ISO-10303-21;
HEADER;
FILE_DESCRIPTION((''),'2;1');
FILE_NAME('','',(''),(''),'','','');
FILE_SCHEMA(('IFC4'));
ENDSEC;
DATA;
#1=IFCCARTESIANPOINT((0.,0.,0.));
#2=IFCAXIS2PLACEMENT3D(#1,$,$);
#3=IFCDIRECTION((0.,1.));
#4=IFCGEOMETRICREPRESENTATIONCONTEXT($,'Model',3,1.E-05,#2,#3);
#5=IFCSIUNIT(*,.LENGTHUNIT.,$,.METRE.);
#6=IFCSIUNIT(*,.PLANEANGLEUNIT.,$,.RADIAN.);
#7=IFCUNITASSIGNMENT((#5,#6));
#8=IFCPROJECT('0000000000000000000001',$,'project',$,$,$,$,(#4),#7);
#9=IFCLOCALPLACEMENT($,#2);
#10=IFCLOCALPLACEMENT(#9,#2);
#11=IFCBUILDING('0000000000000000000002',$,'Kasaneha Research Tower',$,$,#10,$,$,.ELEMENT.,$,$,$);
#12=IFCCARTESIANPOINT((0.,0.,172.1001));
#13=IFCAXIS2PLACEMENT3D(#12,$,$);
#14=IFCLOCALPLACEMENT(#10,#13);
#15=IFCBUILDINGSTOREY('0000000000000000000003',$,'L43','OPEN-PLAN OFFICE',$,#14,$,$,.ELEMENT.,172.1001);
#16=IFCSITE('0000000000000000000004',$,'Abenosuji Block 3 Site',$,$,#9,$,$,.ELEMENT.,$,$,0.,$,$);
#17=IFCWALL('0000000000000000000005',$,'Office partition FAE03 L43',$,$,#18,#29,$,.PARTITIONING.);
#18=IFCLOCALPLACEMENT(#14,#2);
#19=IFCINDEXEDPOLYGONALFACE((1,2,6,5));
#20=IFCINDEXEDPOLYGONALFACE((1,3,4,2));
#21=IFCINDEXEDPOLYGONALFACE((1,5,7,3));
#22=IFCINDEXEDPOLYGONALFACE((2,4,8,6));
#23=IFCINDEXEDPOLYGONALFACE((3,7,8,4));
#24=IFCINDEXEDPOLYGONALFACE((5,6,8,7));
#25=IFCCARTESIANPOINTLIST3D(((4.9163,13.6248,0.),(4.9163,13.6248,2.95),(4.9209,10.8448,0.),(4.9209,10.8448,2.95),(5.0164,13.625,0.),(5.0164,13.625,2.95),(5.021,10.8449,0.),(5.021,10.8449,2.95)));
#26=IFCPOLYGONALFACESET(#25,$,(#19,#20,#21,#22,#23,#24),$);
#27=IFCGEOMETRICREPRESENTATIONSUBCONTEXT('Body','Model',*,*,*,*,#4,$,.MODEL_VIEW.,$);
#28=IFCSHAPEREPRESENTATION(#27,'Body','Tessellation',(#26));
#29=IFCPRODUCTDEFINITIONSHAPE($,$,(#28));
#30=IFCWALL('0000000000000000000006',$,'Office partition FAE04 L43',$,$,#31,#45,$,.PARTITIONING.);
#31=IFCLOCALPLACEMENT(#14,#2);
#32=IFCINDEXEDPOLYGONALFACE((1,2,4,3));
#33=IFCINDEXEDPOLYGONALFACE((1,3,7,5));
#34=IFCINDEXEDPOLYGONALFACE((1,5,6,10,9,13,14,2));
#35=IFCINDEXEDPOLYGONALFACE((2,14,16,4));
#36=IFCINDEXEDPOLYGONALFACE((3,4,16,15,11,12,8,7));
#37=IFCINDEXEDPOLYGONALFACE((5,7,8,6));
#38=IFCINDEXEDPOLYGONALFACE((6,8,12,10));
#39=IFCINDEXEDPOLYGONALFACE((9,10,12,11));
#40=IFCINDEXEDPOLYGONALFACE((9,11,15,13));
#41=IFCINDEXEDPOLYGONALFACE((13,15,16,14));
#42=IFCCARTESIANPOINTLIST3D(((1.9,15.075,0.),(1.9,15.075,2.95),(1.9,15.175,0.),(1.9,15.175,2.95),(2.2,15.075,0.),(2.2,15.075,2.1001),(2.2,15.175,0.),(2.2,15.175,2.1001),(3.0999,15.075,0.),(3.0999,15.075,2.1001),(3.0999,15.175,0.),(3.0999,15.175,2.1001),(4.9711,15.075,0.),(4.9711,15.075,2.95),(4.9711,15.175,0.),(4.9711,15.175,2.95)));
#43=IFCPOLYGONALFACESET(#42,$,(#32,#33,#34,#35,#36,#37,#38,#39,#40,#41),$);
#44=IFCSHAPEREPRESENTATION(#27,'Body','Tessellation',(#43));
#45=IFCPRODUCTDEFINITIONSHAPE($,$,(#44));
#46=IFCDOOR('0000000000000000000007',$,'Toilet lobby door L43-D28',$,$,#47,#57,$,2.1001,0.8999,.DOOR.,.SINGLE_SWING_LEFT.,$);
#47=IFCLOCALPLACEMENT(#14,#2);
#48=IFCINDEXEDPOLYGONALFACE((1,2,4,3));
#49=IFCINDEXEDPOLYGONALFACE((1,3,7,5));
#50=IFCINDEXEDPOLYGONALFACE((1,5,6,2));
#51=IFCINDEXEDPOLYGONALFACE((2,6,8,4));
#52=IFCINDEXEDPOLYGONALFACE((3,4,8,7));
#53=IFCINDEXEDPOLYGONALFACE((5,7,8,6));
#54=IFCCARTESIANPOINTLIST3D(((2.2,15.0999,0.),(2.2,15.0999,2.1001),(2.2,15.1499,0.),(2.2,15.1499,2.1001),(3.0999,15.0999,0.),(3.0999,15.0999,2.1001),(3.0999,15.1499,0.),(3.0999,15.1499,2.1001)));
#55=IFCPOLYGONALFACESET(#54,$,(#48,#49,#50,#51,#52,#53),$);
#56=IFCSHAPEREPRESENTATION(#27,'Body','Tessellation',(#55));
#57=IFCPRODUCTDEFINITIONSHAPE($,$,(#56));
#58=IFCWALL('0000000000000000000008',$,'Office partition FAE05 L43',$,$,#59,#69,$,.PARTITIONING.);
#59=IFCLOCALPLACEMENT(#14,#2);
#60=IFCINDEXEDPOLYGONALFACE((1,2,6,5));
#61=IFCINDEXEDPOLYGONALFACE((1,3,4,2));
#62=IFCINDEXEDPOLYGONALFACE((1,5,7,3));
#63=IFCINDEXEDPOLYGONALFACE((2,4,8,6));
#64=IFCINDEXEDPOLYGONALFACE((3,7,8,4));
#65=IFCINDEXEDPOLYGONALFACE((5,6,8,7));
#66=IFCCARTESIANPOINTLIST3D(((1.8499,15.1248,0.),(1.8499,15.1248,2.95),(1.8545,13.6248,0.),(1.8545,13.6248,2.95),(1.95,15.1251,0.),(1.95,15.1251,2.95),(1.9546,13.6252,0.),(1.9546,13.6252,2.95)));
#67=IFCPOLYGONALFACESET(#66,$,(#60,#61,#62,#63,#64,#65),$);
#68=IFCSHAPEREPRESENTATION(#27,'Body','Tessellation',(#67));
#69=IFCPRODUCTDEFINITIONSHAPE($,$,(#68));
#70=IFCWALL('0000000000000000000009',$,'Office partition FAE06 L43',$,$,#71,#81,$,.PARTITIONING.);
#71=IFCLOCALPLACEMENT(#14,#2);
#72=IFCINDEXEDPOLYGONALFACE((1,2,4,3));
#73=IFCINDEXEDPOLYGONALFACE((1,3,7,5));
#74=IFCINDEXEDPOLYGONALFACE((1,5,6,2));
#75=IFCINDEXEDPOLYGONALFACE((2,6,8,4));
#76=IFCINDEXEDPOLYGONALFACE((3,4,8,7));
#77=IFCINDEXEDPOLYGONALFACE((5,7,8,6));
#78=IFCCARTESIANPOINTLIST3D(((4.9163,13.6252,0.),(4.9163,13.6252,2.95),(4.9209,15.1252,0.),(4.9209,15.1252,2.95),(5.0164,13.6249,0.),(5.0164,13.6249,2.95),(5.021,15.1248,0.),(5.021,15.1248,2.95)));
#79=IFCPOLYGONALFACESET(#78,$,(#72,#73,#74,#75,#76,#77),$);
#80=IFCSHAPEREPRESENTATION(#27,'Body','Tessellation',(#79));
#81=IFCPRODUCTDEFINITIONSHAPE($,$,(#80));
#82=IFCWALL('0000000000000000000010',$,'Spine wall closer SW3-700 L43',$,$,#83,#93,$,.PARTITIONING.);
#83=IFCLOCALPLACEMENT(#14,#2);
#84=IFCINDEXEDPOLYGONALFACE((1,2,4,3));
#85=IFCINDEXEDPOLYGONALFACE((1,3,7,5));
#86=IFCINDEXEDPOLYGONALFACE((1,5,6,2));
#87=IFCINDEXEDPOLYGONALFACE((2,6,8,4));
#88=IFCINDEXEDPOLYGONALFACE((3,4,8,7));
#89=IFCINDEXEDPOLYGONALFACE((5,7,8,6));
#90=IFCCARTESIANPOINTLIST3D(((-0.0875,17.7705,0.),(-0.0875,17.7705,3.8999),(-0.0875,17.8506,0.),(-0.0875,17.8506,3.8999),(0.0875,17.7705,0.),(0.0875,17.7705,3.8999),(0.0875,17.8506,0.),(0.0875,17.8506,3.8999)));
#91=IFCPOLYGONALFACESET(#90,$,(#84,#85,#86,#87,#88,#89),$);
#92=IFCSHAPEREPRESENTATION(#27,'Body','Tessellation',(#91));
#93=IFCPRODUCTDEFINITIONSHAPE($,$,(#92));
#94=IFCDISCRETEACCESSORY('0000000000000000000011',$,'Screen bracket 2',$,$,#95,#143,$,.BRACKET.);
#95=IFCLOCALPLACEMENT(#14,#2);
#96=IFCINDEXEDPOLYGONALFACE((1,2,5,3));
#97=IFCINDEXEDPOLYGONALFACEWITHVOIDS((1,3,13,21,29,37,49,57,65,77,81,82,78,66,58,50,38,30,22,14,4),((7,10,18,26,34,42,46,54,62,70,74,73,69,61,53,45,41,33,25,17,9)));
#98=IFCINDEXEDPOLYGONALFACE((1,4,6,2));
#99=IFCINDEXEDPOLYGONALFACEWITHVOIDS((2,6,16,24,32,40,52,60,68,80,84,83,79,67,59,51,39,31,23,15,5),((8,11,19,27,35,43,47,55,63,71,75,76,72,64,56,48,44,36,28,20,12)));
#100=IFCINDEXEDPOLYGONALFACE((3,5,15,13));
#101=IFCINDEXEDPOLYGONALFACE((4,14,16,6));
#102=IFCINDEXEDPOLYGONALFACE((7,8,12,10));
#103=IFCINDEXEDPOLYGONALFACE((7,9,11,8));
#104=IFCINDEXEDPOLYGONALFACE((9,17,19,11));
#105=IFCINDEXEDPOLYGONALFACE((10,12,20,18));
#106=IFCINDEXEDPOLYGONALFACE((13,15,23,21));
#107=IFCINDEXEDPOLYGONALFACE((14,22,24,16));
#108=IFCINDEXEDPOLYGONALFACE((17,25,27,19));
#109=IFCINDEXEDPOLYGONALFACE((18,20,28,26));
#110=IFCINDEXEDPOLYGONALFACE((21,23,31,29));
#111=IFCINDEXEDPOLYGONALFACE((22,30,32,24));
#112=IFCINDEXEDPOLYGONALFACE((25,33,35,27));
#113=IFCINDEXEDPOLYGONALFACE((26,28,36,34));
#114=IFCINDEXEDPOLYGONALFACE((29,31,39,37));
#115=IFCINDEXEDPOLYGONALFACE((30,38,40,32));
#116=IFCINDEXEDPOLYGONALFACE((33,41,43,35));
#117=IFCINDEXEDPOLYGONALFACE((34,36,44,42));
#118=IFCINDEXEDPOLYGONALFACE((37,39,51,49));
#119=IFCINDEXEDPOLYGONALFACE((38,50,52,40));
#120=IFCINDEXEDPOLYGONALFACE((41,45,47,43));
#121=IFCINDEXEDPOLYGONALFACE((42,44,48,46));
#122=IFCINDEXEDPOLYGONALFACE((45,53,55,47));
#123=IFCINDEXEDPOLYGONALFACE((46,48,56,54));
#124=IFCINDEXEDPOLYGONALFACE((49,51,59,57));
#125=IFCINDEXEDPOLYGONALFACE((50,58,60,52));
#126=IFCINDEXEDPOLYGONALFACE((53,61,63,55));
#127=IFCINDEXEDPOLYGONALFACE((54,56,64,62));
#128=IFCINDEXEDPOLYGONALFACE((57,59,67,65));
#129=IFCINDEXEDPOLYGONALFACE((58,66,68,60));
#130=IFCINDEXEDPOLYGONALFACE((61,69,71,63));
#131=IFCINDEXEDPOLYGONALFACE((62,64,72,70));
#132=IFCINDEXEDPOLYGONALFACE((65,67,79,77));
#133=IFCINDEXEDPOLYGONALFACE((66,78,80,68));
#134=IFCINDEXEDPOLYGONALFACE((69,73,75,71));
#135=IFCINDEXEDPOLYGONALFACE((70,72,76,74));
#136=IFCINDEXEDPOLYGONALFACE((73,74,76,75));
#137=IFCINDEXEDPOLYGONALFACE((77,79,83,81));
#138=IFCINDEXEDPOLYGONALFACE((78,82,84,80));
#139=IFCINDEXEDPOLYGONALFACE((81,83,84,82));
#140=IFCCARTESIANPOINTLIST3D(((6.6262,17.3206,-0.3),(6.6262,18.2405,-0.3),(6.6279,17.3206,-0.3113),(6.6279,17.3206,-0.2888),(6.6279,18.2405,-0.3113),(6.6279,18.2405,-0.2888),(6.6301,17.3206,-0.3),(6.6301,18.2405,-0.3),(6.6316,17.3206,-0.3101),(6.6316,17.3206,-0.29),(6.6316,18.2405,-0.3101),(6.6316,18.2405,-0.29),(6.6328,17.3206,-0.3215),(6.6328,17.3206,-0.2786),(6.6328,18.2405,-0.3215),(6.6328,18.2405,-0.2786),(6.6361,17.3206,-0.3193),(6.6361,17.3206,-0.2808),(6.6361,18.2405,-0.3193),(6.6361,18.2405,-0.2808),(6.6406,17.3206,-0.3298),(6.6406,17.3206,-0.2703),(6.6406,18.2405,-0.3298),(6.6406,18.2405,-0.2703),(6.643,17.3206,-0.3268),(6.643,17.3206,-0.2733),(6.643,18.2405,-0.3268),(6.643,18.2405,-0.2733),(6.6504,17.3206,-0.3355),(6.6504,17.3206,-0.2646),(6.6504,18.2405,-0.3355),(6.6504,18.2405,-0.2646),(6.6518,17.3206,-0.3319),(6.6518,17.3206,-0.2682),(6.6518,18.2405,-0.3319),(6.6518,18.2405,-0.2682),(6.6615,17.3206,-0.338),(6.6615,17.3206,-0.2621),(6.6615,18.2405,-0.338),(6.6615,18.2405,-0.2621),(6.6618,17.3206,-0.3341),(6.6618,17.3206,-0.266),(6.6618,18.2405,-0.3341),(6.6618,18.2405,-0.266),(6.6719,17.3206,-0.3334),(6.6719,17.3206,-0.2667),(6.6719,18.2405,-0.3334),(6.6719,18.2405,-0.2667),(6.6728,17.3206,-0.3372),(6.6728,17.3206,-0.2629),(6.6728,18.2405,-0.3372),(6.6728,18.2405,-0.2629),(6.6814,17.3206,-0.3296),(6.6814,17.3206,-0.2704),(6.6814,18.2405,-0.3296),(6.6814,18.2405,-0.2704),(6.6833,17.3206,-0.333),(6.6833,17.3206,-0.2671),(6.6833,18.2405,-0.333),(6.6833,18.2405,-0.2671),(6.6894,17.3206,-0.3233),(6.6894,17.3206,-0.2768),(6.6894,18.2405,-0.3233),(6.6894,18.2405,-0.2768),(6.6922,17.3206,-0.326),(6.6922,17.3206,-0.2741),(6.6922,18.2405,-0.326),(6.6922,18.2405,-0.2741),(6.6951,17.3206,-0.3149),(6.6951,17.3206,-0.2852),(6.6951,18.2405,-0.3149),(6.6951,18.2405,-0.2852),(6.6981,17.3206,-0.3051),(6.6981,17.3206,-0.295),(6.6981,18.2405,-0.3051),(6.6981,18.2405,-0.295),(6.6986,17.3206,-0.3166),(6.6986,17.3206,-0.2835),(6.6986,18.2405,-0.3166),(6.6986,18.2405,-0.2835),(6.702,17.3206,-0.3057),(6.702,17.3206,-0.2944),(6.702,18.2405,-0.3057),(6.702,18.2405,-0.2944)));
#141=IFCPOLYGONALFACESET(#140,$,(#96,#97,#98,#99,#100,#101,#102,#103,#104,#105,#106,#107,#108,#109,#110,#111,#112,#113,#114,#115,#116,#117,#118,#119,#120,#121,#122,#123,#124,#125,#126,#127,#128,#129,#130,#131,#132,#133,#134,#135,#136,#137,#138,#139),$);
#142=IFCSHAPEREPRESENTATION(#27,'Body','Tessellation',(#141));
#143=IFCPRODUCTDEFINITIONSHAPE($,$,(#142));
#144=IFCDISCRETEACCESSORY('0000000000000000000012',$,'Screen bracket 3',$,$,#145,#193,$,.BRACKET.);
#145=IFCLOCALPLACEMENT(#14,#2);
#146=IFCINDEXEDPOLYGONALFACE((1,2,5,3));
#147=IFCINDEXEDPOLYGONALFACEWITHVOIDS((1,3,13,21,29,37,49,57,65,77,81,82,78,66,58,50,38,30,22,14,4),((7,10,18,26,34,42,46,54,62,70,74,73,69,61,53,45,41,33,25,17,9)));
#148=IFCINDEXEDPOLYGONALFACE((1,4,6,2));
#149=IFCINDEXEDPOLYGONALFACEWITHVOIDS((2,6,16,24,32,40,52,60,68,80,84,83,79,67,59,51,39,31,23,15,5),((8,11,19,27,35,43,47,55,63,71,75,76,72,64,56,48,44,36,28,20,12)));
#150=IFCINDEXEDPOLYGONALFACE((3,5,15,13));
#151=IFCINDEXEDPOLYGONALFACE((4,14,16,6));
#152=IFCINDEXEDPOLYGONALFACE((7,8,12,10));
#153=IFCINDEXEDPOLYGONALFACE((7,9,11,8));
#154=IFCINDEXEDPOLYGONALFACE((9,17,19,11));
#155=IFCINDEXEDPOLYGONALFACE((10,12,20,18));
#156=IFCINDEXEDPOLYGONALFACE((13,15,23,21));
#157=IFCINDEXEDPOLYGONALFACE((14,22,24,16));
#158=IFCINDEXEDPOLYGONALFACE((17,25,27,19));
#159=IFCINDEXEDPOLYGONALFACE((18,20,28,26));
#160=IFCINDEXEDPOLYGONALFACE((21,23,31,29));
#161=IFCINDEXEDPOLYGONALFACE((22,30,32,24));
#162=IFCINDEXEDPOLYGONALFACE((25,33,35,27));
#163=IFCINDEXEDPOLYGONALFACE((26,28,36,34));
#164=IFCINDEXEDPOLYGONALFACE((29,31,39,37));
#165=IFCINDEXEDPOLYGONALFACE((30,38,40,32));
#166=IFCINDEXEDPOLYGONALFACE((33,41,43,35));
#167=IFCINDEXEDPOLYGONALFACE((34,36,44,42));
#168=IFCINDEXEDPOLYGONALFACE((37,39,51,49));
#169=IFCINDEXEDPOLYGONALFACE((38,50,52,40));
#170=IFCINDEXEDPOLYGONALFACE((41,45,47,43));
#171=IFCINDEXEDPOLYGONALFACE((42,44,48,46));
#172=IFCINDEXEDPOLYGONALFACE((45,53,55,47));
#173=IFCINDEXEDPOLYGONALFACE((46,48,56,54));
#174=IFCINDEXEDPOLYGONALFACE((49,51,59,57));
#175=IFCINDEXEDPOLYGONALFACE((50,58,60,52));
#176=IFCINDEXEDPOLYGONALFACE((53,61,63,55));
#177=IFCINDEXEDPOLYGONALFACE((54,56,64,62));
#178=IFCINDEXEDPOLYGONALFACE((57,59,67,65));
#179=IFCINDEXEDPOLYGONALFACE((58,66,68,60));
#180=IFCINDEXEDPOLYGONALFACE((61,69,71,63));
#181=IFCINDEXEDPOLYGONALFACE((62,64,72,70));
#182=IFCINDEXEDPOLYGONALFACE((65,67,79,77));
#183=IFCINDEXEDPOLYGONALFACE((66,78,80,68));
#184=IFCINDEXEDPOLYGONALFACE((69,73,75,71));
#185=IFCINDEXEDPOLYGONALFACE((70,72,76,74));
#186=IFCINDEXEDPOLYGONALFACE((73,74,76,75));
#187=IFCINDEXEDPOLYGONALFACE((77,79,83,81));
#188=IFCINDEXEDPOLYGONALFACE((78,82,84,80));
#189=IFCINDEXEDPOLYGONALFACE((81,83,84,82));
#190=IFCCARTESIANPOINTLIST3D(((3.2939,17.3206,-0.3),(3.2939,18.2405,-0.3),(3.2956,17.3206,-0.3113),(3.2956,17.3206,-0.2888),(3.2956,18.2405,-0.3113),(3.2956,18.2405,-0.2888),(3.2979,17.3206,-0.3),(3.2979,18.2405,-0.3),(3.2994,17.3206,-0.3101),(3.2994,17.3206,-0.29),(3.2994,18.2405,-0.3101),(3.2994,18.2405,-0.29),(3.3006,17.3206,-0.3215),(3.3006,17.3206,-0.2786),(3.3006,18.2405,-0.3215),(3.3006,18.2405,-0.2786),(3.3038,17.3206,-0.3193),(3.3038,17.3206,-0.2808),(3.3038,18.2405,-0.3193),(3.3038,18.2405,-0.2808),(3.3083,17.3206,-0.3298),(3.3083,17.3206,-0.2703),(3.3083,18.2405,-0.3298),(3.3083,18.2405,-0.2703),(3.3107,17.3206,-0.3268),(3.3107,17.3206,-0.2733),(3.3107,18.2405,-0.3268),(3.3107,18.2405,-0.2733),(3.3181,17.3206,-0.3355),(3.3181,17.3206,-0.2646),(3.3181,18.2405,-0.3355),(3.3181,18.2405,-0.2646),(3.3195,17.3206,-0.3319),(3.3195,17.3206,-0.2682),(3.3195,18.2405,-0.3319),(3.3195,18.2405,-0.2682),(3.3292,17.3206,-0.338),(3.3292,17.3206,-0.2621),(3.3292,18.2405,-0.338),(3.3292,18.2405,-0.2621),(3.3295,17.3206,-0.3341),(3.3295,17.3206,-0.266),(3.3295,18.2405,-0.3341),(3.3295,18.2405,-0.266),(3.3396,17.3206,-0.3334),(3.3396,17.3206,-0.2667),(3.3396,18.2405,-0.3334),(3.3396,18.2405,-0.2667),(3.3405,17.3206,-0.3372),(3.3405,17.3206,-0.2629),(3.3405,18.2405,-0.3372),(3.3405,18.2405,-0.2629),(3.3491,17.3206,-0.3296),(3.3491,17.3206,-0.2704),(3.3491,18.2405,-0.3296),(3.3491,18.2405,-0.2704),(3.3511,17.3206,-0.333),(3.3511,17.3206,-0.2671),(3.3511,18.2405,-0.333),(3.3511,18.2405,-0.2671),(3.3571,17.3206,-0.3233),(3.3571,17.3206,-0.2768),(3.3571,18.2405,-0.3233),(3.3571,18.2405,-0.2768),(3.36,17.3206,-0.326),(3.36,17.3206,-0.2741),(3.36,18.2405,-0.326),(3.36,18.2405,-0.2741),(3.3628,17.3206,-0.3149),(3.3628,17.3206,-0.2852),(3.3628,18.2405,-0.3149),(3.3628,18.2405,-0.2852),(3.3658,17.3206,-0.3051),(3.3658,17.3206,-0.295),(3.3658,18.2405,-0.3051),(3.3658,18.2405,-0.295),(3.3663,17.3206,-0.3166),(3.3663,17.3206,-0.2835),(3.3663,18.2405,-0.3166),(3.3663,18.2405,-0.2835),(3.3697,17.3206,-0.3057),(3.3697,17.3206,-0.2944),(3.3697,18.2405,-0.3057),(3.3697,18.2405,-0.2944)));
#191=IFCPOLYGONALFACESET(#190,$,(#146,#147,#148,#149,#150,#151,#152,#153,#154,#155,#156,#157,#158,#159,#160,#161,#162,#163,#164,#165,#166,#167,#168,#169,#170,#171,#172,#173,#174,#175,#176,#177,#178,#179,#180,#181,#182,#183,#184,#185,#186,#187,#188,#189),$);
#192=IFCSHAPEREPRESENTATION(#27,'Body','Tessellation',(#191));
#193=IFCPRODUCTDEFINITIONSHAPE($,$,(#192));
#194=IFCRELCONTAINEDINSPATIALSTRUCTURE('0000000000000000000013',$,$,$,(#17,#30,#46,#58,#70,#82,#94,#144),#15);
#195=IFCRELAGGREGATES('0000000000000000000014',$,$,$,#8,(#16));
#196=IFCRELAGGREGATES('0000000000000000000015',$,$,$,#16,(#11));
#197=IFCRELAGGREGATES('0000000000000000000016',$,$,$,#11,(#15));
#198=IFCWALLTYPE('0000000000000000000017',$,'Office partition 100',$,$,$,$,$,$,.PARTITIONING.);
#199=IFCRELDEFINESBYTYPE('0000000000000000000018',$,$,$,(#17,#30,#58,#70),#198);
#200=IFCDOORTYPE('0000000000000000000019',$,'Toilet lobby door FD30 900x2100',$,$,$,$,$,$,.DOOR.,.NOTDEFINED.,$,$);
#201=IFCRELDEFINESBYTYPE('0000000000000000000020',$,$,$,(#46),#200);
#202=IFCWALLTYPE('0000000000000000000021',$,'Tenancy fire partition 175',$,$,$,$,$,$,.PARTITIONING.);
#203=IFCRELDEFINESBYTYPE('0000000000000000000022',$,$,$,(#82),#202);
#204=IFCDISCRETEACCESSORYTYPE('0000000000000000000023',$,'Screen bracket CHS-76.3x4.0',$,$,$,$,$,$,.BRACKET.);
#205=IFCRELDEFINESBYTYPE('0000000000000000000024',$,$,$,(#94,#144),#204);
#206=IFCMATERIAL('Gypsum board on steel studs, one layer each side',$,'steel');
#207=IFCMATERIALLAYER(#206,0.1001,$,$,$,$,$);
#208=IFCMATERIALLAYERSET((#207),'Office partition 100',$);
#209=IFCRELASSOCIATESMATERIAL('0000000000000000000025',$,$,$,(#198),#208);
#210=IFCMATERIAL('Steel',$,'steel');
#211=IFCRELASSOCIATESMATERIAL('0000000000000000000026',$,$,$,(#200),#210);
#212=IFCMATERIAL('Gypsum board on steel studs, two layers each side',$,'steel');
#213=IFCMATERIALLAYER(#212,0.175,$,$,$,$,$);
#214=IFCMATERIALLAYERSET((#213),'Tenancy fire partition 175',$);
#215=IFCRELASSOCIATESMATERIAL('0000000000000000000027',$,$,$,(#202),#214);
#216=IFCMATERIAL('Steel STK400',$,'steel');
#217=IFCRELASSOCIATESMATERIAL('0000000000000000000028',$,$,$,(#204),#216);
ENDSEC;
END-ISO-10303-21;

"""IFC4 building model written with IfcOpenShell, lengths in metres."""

from ifc_helpers import new_model, si_unit, direction, frame, frame_2d, origin, origin_2d, place, context, subcontext, project, spatial, rectangle, hollow_circle, extrude, material, layer, layer_set, material_profile, profile_set, type_object, element, fill, save


model = new_model("IFC4")

# Units and contexts
model_context = context("Model", 3, precision=1e-05, world=origin(), true_north=direction((0.0, 1.0)))
body_context = subcontext(model_context, "Body", "Model", "MODEL_VIEW")
ifc_project = project(units=[si_unit("LENGTHUNIT", "METRE"), si_unit("PLANEANGLEUNIT", "RADIAN")], contexts=[model_context])

# Site, building, storey
site_placement = place(None, origin())
site = spatial("IfcSite", under=ifc_project, at=site_placement, Name="Abenosuji Block 3 Site", CompositionType="ELEMENT", RefElevation=0.0)
building_placement = place(site_placement, origin())
building = spatial("IfcBuilding", under=site, at=building_placement, Name="Kasaneha Research Tower", CompositionType="ELEMENT")
storey_placement = place(building_placement, frame((0.0, 0.0, 172.1001)))
storey = spatial("IfcBuildingStorey", under=building, at=storey_placement, Name="L43", Description="OPEN-PLAN OFFICE", CompositionType="ELEMENT", Elevation=172.1001)

# Wall
ifc_material_1 = material(Name="Gypsum board on steel studs, one layer each side", Category="steel")
ifc_layer_1 = layer(ifc_material_1, 0.1001)
ifc_layer_set_1 = layer_set([ifc_layer_1], Name="Office partition 100")
wall_type_1 = type_object("IfcWallType", Name="Office partition 100", PredefinedType="PARTITIONING", material=ifc_layer_set_1)
wall_1_placement = place(storey_placement, frame((4.9663, 13.625, 0.0), z_axis=(0.0, 0.0, 1.0), x_axis=(0.001669, -0.999999, 0.0)))
element("IfcWall", 1, at=wall_1_placement, inside=storey, type_object=wall_type_1, Name="Office partition FAE03 L43", PredefinedType="PARTITIONING", context=body_context, shape_type="SweptSolid", body=[
    extrude(rectangle(XDim=2.78, YDim=0.1001, at=frame_2d((1.3901, 0.0))), origin(), (0.0, 0.0, 1.0), 2.95),
])

# Wall, opening, door
wall_2_placement = place(storey_placement, frame((1.8999, 15.125, 0.0), z_axis=(0.0, 0.0, 1.0), x_axis=(1.0, 0.0, 0.0)))
wall_2 = element("IfcWall", 2, at=wall_2_placement, inside=storey, type_object=wall_type_1, Name="Office partition FAE04 L43", PredefinedType="PARTITIONING", context=body_context, shape_type="SweptSolid", body=[
    extrude(rectangle(XDim=3.071, YDim=0.1001, at=frame_2d((1.5356, 0.0))), origin(), (0.0, 0.0, 1.0), 2.95),
])
opening_placement = place(wall_2_placement, frame((0.3, 0.0, 0.0)))
opening = element("IfcOpeningElement", 3, at=opening_placement, cuts=wall_2, PredefinedType="OPENING", context=body_context, shape_type="SweptSolid", body=[
    extrude(rectangle(XDim=0.8999, YDim=2.1001, at=frame_2d((0.45, 1.05))), frame((0.0, 0.0601, 0.0), z_axis=(0.0, -1.0, 0.0), x_axis=(1.0, 0.0, 0.0)), (0.0, 0.0, 1.0), 0.1201),
])
ifc_material_2 = material(Name="Steel", Category="steel")
door_type = type_object("IfcDoorType", Name="Toilet lobby door FD30 900x2100", OperationType="NOTDEFINED", PredefinedType="DOOR", material=ifc_material_2)
door_placement = place(opening_placement, origin())
door = element("IfcDoor", 4, at=door_placement, inside=storey, type_object=door_type, Name="Toilet lobby door L43-D28", OperationType="SINGLE_SWING_LEFT", OverallHeight=2.1001, OverallWidth=0.8999, PredefinedType="DOOR", context=body_context, shape_type="SweptSolid", body=[
    extrude(rectangle(XDim=0.8999, YDim=2.1001, at=frame_2d((0.45, 1.05))), frame((0.0, 0.0249, 0.0), z_axis=(0.0, -1.0, 0.0), x_axis=(1.0, 0.0, 0.0)), (0.0, 0.0, 1.0), 0.05),
])
fill(opening, door)

# Walls
for number, where, z_axis, x_axis, name in (
    (5, (1.9045, 13.625, 0.0), (0.0, 0.0, 1.0), (-0.003092, 0.999995, 0.0), "Office partition FAE05 L43"),
    (6, (4.9709, 15.125, 0.0), (0.0, 0.0, 1.0), (-0.003092, -0.999995, 0.0), "Office partition FAE06 L43"),
):
    element("IfcWall", number, at=place(storey_placement, frame(where, z_axis=z_axis, x_axis=x_axis)), inside=storey, type_object=wall_type_1, Name=name, PredefinedType="PARTITIONING", context=body_context, shape_type="SweptSolid", body=[
        extrude(rectangle(XDim=1.5, YDim=0.1001, at=frame_2d((0.75, 0.0))), origin(), (0.0, 0.0, 1.0), 2.95),
    ])
ifc_material_3 = material(Name="Gypsum board on steel studs, two layers each side", Category="steel")
ifc_layer_2 = layer(ifc_material_3, 0.175)
ifc_layer_set_2 = layer_set([ifc_layer_2], Name="Tenancy fire partition 175")
wall_type_2 = type_object("IfcWallType", Name="Tenancy fire partition 175", PredefinedType="PARTITIONING", material=ifc_layer_set_2)
wall_3_placement = place(storey_placement, frame((0.0, 17.7705, 0.0), z_axis=(0.0, 0.0, 1.0), x_axis=(0.0, 1.0, 0.0)))
element("IfcWall", 7, at=wall_3_placement, inside=storey, type_object=wall_type_2, Name="Spine wall closer SW3-700 L43", PredefinedType="PARTITIONING", context=body_context, shape_type="SweptSolid", body=[
    extrude(rectangle(XDim=0.0801, YDim=0.175, at=frame_2d((0.04, 0.0))), origin(), (0.0, 0.0, 1.0), 3.8999),
])

# Discrete accessories
ifc_material_4 = material(Name="Steel STK400", Category="steel")
ifc_material_profile_1 = material_profile(ifc_material_4, hollow_circle(Radius=0.0381, WallThickness=0.0039, at=origin_2d()), Name="CHS-76.3x4.0")
ifc_profile_set_1 = profile_set([ifc_material_profile_1], Name="Steel STK400")
discrete_accessory_type = type_object("IfcDiscreteAccessoryType", Name="Screen bracket CHS-76.3x4.0", PredefinedType="BRACKET", material=ifc_profile_set_1)
for number, where, z_axis, x_axis, name in (
    (8, (6.6643, 17.3206, -0.3), (0.0, 1.0, 0.0), (-1.0, 0.0, 0.0), "Screen bracket 2"),
    (9, (3.332, 17.3206, -0.3), (0.0, 1.0, 0.0), (-1.0, 0.0, 0.0), "Screen bracket 3"),
):
    element("IfcDiscreteAccessory", number, at=place(storey_placement, frame(where, z_axis=z_axis, x_axis=x_axis)), inside=storey, type_object=discrete_accessory_type, Name=name, PredefinedType="BRACKET", context=body_context, shape_type="SweptSolid", body=[
        extrude(hollow_circle(Radius=0.0381, WallThickness=0.0039, at=origin_2d()), origin(), (0.0, 0.0, 1.0), 0.9199),
    ])

save(model, "model.ifc")
